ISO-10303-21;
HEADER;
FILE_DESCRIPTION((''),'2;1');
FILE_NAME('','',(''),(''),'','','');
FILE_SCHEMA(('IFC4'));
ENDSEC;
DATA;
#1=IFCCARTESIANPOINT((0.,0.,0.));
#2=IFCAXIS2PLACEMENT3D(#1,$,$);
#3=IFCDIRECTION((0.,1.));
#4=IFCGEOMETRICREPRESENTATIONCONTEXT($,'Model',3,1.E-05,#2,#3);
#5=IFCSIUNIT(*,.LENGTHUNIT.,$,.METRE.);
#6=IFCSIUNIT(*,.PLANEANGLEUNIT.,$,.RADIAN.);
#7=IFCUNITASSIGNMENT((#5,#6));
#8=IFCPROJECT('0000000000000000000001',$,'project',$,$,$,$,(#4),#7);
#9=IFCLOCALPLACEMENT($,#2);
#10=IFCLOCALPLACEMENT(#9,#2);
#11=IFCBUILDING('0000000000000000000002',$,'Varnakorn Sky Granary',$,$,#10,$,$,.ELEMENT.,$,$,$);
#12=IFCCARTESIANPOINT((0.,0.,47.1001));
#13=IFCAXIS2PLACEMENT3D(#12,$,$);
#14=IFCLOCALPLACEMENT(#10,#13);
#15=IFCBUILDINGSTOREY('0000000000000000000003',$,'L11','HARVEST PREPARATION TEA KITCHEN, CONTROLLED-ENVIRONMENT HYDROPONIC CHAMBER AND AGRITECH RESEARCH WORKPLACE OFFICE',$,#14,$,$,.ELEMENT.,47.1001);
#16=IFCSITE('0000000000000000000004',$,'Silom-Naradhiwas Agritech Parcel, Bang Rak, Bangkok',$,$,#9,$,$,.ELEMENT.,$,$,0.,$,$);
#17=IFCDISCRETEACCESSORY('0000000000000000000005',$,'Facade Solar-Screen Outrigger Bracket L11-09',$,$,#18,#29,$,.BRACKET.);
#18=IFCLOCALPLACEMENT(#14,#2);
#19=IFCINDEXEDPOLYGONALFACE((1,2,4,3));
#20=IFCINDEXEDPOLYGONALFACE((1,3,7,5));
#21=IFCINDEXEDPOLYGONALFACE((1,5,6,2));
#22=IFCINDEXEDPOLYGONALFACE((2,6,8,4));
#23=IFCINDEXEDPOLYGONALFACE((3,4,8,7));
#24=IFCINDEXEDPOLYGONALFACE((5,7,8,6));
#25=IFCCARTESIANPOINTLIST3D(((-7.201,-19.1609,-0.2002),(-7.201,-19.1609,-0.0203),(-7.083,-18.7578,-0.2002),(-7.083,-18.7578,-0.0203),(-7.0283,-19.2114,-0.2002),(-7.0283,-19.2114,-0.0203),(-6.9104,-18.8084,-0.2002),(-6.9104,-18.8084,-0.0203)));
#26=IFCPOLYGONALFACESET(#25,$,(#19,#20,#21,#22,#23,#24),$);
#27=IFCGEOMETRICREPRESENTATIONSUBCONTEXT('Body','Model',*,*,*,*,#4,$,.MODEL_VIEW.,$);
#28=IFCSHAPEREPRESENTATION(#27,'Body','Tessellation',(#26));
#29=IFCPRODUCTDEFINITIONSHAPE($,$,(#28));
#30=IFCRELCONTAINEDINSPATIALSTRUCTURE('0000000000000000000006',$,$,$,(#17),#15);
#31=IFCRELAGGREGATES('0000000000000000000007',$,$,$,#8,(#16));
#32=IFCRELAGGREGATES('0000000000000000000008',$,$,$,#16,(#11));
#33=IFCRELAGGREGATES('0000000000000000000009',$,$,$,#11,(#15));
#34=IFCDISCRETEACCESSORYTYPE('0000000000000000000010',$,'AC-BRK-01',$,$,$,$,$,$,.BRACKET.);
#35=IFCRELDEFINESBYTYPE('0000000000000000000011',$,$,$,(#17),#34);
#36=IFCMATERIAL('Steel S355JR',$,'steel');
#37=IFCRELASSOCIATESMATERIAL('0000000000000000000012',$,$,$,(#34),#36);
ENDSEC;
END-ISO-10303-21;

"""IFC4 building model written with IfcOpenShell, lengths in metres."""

from ifc_helpers import new_model, si_unit, direction, frame, origin, origin_2d, place, context, subcontext, project, spatial, rectangle, extrude, source, transform, mapped, material, type_object, type_shapes, element, save


model = new_model("IFC4")

# Units and contexts
model_context = context("Model", 3, precision=1e-05, world=origin(), true_north=direction((0.0, 1.0)))
body_context = subcontext(model_context, "Body", "Model", "MODEL_VIEW")
ifc_project = project(units=[si_unit("LENGTHUNIT", "METRE"), si_unit("PLANEANGLEUNIT", "RADIAN")], contexts=[model_context])

# Site, building, storey
site_placement = place(None, origin())
site = spatial("IfcSite", under=ifc_project, at=site_placement, Name="Silom-Naradhiwas Agritech Parcel, Bang Rak, Bangkok", CompositionType="ELEMENT", RefElevation=0.0)
building_placement = place(site_placement, origin())
building = spatial("IfcBuilding", under=site, at=building_placement, Name="Varnakorn Sky Granary", CompositionType="ELEMENT")
storey_placement = place(building_placement, frame((0.0, 0.0, 47.1001)))
storey = spatial("IfcBuildingStorey", under=building, at=storey_placement, Name="L11", Description="HARVEST PREPARATION TEA KITCHEN, CONTROLLED-ENVIRONMENT HYDROPONIC CHAMBER AND AGRITECH RESEARCH WORKPLACE OFFICE", CompositionType="ELEMENT", Elevation=47.1001)

# Shared definitions
ifc_material_1 = material(Name="Steel S355JR", Category="steel")

# Discrete accessory
discrete_accessory_type = type_object("IfcDiscreteAccessoryType", Name="AC-BRK-01", PredefinedType="BRACKET", material=ifc_material_1)
shared_shape_1 = source(origin(), body_context, "Body", "SweptSolid", [
    extrude(rectangle(XDim=0.1799, YDim=0.4199, at=origin_2d()), origin(), (0.0, 0.0, 1.0), 0.1799),
])
type_shapes(discrete_accessory_type, [shared_shape_1])
discrete_accessory_placement = place(storey_placement, frame((-7.0557, -18.9846, -0.2002), z_axis=(0.0, 0.0, 1.0), x_axis=(0.959749, -0.280859, 0.0)))
element("IfcDiscreteAccessory", 1, at=discrete_accessory_placement, inside=storey, type_object=discrete_accessory_type, Name="Facade Solar-Screen Outrigger Bracket L11-09", PredefinedType="BRACKET", context=body_context, shape_type="MappedRepresentation", body=[
    mapped(shared_shape_1, transform((0.0, 0.0, 0.0), x_axis=(1.0, 0.0, 0.0), y_axis=(0.0, 1.0, 0.0), z_axis=(0.0, 0.0, 1.0), scale=1.0)),
])

save(model, "model.ifc")
